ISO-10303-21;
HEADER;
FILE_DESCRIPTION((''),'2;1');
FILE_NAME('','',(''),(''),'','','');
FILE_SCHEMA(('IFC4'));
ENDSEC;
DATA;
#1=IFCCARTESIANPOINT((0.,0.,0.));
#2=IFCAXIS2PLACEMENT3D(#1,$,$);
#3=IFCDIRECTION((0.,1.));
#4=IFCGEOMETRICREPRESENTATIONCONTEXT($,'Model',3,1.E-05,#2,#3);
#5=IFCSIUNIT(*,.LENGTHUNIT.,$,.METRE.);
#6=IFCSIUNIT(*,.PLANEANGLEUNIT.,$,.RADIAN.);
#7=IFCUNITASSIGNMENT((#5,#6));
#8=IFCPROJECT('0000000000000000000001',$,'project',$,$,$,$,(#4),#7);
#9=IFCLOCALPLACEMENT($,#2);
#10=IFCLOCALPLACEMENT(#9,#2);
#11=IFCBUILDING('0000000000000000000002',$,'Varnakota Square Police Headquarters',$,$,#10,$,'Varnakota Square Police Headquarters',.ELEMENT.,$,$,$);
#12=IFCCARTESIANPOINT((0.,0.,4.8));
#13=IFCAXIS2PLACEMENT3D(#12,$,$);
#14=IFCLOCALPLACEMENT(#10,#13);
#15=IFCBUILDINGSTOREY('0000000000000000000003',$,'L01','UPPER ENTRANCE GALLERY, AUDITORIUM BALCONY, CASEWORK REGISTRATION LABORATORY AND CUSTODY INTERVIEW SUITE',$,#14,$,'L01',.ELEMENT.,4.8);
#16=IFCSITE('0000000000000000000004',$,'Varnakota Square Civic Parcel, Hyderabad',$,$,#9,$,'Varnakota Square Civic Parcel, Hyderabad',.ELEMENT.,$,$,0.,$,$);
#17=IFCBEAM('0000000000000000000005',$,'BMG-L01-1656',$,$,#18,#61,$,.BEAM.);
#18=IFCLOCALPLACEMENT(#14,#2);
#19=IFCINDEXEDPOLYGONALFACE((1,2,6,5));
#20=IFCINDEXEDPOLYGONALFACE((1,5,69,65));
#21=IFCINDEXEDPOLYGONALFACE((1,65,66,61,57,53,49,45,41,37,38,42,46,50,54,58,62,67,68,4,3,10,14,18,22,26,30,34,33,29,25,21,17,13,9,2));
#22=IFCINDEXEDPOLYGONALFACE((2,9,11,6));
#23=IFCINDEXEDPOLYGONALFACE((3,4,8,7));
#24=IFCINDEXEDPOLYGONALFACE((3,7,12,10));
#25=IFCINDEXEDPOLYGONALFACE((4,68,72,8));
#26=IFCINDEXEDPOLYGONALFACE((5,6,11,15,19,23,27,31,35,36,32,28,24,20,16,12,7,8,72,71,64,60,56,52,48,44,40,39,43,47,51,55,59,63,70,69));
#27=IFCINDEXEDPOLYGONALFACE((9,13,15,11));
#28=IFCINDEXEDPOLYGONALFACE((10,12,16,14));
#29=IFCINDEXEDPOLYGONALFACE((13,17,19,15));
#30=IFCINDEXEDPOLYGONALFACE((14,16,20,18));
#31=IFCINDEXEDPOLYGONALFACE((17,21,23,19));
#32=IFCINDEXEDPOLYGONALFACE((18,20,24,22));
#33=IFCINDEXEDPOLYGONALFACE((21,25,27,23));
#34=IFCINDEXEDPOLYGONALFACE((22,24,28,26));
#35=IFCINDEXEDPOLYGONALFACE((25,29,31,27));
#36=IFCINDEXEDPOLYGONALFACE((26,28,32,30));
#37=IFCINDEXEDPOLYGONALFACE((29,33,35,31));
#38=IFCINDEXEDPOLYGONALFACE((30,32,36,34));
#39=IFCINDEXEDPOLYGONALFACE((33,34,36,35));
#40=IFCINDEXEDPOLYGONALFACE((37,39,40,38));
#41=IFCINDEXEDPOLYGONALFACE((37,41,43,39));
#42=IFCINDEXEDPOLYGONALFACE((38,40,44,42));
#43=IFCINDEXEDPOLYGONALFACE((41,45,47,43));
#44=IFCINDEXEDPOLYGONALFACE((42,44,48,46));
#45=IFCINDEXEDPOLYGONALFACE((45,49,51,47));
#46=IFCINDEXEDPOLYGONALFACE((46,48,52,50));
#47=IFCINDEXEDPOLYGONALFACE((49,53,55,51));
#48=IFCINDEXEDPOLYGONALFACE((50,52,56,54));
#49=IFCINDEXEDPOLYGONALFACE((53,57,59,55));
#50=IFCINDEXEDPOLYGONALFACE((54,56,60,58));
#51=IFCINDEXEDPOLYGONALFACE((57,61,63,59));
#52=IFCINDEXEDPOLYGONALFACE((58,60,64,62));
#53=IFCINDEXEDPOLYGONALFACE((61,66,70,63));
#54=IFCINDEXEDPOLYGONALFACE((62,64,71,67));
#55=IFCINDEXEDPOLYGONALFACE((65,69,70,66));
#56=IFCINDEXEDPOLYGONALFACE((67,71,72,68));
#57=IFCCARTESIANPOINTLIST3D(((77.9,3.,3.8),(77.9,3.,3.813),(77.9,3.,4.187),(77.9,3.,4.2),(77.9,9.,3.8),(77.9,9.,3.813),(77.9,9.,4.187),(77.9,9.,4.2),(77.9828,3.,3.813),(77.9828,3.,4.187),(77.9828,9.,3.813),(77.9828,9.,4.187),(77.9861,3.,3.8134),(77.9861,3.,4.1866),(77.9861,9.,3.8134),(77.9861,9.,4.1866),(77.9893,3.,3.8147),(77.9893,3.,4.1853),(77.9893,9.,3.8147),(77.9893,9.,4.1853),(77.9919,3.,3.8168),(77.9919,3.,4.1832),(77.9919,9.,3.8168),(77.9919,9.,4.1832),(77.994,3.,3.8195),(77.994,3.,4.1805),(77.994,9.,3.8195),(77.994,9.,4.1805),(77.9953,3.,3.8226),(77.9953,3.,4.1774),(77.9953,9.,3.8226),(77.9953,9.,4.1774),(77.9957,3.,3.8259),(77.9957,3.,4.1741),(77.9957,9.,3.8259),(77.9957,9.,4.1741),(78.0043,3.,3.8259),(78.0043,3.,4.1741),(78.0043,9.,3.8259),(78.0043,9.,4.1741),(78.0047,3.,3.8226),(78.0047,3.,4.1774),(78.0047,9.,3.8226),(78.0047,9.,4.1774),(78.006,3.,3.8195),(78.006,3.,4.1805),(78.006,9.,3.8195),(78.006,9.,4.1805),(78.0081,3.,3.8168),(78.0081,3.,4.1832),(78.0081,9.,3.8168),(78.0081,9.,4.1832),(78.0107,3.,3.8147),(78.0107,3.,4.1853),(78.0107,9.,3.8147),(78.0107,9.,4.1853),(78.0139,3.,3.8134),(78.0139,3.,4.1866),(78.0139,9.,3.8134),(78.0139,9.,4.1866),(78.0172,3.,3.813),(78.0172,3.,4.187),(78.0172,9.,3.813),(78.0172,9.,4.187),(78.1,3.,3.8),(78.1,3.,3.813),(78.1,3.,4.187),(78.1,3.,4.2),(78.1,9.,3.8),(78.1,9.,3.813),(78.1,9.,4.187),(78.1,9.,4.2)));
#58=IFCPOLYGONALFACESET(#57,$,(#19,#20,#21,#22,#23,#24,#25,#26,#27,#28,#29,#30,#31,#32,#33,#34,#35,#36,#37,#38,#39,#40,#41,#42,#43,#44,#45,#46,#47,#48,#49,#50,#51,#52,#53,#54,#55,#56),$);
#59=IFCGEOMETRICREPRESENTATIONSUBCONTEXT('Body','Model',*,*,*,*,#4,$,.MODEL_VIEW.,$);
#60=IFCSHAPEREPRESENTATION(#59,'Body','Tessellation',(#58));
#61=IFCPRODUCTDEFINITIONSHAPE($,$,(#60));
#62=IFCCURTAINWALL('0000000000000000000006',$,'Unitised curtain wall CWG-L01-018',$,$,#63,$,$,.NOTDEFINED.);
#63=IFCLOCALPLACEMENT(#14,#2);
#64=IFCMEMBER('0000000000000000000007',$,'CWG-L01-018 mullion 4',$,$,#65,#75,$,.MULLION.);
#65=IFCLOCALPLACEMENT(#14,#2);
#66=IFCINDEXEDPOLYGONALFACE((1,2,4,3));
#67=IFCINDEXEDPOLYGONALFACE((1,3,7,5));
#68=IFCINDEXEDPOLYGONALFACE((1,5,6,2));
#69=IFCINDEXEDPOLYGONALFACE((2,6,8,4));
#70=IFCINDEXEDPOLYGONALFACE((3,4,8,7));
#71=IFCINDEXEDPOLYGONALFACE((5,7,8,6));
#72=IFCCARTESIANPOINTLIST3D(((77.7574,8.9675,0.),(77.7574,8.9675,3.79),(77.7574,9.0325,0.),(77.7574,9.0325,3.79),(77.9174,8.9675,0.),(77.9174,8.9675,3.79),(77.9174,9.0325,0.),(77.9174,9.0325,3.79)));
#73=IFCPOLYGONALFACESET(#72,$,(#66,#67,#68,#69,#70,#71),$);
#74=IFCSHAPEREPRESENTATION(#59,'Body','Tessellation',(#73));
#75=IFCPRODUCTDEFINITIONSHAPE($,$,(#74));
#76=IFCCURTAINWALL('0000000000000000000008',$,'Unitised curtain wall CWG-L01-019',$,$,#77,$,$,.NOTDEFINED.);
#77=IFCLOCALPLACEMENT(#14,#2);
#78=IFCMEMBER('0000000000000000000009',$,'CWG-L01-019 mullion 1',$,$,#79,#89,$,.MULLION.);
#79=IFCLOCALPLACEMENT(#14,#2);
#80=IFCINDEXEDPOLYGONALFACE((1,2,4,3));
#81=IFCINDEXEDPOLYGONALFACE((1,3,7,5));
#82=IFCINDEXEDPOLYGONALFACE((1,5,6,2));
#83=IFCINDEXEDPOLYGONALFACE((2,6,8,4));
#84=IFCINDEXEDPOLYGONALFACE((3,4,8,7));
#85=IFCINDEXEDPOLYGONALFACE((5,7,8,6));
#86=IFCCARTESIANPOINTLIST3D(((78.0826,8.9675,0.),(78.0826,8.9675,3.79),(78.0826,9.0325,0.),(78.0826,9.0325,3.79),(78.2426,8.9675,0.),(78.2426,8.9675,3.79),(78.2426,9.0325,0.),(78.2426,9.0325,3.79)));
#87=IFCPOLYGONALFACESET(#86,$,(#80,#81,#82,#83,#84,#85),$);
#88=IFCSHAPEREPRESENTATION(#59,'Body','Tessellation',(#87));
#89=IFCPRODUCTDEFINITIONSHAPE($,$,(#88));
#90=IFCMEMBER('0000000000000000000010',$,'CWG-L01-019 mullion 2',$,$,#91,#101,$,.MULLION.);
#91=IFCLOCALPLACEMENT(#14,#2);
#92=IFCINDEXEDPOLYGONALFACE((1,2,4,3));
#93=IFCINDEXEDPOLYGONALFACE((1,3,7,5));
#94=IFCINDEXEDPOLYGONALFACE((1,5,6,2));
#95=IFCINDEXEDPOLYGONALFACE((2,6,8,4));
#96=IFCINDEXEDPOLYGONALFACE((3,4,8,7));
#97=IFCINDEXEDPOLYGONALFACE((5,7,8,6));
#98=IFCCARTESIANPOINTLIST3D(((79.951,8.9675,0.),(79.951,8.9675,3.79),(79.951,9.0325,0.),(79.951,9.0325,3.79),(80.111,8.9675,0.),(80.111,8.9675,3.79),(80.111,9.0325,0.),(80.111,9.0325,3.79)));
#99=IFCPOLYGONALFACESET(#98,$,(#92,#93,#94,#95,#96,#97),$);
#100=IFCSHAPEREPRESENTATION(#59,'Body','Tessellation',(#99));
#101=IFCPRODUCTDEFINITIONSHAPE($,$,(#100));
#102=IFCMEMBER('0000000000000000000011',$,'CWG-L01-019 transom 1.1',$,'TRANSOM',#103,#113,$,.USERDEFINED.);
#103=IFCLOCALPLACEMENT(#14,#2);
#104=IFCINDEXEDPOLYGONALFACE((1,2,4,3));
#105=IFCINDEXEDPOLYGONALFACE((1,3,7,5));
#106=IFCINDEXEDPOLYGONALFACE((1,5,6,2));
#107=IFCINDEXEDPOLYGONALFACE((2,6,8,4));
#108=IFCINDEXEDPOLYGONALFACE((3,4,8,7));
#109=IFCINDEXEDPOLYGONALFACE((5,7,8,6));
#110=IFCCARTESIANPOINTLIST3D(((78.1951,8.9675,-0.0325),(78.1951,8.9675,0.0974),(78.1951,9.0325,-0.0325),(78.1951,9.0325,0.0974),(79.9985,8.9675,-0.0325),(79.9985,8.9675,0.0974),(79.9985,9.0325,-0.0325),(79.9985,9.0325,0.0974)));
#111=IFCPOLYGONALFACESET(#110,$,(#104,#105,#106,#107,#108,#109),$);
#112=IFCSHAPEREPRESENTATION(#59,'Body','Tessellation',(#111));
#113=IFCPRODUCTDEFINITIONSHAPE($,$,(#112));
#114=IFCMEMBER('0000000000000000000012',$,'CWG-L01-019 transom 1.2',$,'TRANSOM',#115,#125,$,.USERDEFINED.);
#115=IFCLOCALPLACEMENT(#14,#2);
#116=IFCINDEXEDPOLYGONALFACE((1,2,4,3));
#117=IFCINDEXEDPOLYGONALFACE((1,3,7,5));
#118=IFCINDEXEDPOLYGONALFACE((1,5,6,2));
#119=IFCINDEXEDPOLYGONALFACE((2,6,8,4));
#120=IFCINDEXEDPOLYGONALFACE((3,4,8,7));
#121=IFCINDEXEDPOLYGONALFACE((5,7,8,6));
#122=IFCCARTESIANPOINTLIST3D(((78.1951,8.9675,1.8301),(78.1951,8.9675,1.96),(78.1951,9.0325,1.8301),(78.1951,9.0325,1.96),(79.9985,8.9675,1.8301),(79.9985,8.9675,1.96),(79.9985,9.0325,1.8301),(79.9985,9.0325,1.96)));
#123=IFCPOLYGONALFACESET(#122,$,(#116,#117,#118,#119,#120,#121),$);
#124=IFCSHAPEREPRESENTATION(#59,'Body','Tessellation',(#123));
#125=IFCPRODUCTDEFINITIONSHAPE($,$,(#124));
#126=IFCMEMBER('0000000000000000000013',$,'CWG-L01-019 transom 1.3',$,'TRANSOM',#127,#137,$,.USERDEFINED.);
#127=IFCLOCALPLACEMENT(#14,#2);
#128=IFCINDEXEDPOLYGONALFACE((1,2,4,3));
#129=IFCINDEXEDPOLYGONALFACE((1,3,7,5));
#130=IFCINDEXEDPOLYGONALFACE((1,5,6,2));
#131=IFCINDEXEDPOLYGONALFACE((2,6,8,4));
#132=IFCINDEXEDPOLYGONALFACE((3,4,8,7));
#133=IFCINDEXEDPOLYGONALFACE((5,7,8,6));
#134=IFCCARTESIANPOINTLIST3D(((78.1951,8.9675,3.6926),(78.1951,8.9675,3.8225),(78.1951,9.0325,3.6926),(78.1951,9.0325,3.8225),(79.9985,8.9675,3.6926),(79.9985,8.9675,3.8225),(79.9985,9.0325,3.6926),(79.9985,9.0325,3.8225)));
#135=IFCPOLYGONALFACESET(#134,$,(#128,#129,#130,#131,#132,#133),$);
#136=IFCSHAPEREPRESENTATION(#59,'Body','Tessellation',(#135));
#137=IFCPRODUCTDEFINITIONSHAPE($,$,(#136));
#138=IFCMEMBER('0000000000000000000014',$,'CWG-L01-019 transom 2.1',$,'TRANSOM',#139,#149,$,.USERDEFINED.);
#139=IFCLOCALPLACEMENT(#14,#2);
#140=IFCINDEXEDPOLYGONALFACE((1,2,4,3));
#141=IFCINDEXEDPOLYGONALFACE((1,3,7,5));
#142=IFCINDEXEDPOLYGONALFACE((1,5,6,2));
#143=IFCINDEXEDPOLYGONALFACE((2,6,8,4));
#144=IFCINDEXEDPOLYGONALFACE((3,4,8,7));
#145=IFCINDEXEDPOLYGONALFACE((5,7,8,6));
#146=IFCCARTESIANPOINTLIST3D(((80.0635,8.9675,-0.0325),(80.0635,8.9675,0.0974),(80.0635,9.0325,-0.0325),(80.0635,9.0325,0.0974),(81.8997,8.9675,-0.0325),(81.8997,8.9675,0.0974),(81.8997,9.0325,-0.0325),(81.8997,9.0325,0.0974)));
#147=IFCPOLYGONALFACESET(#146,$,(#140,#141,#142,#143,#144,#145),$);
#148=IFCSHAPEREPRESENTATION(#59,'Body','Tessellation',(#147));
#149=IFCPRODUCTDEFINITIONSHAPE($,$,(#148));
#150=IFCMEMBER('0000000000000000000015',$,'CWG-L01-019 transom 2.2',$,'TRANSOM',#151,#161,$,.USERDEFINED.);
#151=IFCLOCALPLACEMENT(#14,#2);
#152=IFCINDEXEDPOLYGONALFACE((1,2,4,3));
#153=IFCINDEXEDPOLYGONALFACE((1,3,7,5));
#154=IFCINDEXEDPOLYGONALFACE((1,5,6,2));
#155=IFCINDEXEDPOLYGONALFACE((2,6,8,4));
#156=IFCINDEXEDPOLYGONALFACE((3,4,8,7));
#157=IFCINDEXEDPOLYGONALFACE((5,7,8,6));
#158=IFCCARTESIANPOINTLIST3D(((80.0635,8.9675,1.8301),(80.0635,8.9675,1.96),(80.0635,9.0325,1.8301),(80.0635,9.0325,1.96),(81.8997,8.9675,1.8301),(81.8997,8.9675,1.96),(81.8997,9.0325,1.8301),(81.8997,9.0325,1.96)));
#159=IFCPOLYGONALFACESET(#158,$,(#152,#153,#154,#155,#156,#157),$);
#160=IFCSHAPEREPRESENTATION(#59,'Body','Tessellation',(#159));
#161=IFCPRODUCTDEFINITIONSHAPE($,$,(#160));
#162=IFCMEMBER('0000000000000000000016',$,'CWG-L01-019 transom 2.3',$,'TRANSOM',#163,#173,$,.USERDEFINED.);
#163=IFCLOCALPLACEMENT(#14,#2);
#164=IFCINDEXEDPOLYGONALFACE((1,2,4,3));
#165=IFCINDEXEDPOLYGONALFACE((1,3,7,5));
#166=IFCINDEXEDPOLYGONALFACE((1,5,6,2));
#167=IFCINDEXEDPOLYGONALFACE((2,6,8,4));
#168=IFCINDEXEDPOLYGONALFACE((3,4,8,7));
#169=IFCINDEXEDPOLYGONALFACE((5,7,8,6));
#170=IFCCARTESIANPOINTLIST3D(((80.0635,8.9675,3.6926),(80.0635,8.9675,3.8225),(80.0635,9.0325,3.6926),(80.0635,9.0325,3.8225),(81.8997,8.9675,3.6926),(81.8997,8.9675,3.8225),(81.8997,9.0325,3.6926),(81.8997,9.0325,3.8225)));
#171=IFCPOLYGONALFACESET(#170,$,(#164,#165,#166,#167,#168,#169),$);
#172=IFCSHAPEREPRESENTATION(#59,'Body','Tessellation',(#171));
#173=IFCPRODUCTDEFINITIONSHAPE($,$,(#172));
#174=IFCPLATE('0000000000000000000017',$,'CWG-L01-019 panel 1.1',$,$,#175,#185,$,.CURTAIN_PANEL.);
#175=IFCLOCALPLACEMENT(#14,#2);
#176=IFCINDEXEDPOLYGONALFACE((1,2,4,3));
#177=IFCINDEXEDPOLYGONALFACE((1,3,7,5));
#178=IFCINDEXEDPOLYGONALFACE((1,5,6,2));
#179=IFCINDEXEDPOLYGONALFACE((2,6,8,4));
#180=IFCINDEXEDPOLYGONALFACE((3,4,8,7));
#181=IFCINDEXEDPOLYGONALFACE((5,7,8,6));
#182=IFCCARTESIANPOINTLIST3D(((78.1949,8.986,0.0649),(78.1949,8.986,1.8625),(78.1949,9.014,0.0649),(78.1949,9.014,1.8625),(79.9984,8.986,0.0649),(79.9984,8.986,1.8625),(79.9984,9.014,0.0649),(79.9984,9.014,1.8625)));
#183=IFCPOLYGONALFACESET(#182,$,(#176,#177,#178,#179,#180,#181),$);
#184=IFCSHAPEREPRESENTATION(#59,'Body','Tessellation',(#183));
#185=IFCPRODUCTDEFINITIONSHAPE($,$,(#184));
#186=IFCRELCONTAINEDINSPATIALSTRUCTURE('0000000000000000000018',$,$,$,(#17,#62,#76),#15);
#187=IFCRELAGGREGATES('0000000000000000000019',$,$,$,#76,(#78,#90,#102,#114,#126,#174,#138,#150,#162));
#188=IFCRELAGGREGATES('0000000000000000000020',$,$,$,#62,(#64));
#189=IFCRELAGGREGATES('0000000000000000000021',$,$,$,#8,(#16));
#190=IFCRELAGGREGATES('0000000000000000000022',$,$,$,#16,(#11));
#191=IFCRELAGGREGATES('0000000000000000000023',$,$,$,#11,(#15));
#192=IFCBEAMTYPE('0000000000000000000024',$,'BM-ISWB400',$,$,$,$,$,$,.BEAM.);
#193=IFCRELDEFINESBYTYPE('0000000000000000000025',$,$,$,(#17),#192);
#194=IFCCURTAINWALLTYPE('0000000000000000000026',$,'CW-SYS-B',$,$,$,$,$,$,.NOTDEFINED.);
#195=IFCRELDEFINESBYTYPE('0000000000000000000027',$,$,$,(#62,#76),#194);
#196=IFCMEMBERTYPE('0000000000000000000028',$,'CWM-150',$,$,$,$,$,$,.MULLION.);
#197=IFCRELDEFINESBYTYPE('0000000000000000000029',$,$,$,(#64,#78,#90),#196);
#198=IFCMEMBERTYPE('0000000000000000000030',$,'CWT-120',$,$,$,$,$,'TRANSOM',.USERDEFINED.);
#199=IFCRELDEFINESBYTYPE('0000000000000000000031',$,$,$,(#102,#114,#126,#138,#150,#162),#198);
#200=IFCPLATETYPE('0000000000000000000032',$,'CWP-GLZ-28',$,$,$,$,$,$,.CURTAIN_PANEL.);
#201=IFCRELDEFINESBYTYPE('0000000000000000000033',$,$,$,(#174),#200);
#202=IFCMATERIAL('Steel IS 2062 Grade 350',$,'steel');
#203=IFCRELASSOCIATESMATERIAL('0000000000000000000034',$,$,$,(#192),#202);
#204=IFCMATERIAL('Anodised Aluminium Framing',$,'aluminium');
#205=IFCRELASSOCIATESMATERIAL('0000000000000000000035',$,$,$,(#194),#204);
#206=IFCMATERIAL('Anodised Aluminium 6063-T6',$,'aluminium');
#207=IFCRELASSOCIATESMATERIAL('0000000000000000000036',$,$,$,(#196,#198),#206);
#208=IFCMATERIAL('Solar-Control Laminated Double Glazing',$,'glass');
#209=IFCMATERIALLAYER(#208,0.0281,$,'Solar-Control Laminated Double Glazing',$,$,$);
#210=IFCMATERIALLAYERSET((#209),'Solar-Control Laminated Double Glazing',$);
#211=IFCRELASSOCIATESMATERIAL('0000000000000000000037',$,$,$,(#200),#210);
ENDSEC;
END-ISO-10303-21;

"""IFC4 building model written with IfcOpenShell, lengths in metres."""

from ifc_helpers import new_model, si_unit, direction, frame, origin, origin_2d, place, context, subcontext, project, spatial, rectangle, i_section, extrude, material, layer, layer_set, material_profile, profile_set, type_object, element, aggregate, save


model = new_model("IFC4")

# Units and contexts
model_context = context("Model", 3, precision=1e-05, world=origin(), true_north=direction((0.0, 1.0)))
body_context = subcontext(model_context, "Body", "Model", "MODEL_VIEW")
ifc_project = project(units=[si_unit("LENGTHUNIT", "METRE"), si_unit("PLANEANGLEUNIT", "RADIAN")], contexts=[model_context])

# Site, building, storey
site_placement = place(None, origin())
site = spatial("IfcSite", under=ifc_project, at=site_placement, Name="Varnakota Square Civic Parcel, Hyderabad", LongName="Varnakota Square Civic Parcel, Hyderabad", CompositionType="ELEMENT", RefElevation=0.0)
building_placement = place(site_placement, origin())
building = spatial("IfcBuilding", under=site, at=building_placement, Name="Varnakota Square Police Headquarters", LongName="Varnakota Square Police Headquarters", CompositionType="ELEMENT")
storey_placement = place(building_placement, frame((0.0, 0.0, 4.8)))
storey = spatial("IfcBuildingStorey", under=building, at=storey_placement, Name="L01", Description="UPPER ENTRANCE GALLERY, AUDITORIUM BALCONY, CASEWORK REGISTRATION LABORATORY AND CUSTODY INTERVIEW SUITE", LongName="L01", CompositionType="ELEMENT", Elevation=4.8)

# Shared definitions
ifc_material_1 = material(Name="Steel IS 2062 Grade 350", Category="steel")

# Beam
ifc_material_profile_1 = material_profile(ifc_material_1, i_section(OverallWidth=0.2, OverallDepth=0.3999, WebThickness=0.0085, FlangeThickness=0.0129, FilletRadius=0.0129, at=origin_2d()), Name="ISWB 400")
ifc_profile_set_1 = profile_set([ifc_material_profile_1], Name="Steel IS 2062 Grade 350")
beam_type_1 = type_object("IfcBeamType", Name="BM-ISWB400", PredefinedType="BEAM", material=ifc_profile_set_1)
beam_1_placement = place(storey_placement, frame((78.0, 3.0, 4.0), z_axis=(0.0, 1.0, 0.0), x_axis=(-1.0, 0.0, 0.0)))
element("IfcBeam", 1, at=beam_1_placement, inside=storey, type_object=beam_type_1, Name="BMG-L01-1656", PredefinedType="BEAM", context=body_context, shape_type="SweptSolid", body=[
    extrude(i_section(OverallWidth=0.2, OverallDepth=0.3999, WebThickness=0.0085, FlangeThickness=0.0129, FilletRadius=0.0129, at=origin_2d()), origin(), (0.0, 0.0, 1.0), 6.0),
])

# Curtain wall, member
ifc_material_2 = material(Name="Anodised Aluminium Framing", Category="aluminium")
curtain_wall_type = type_object("IfcCurtainWallType", Name="CW-SYS-B", PredefinedType="NOTDEFINED", material=ifc_material_2)
curtain_wall_1_placement = place(storey_placement, origin())
curtain_wall_1 = element("IfcCurtainWall", 2, at=curtain_wall_1_placement, inside=storey, type_object=curtain_wall_type, Name="Unitised curtain wall CWG-L01-018", PredefinedType="NOTDEFINED")
ifc_material_3 = material(Name="Anodised Aluminium 6063-T6", Category="aluminium")
ifc_material_profile_2 = material_profile(ifc_material_3, rectangle(XDim=0.0649, YDim=0.1599, at=origin_2d()), Name="ALU MULLION 65x160")
ifc_profile_set_2 = profile_set([ifc_material_profile_2], Name="Anodised Aluminium 6063-T6")
member_type_1 = type_object("IfcMemberType", Name="CWM-150", PredefinedType="MULLION", material=ifc_profile_set_2)
member_1_placement = place(storey_placement, frame((77.8374, 9.0, 0.0), z_axis=(0.0, 0.0, 1.0), x_axis=(0.0, 1.0, 0.0)))
member_1 = element("IfcMember", 3, at=member_1_placement, type_object=member_type_1, Name="CWG-L01-018 mullion 4", PredefinedType="MULLION", context=body_context, shape_type="SweptSolid", body=[
    extrude(rectangle(XDim=0.0649, YDim=0.1599, at=origin_2d()), origin(), (0.0, 0.0, 1.0), 3.79),
])

# Curtain wall, members, plate
curtain_wall_2_placement = place(storey_placement, origin())
curtain_wall_2 = element("IfcCurtainWall", 4, at=curtain_wall_2_placement, inside=storey, type_object=curtain_wall_type, Name="Unitised curtain wall CWG-L01-019", PredefinedType="NOTDEFINED")
member_2_placement = place(storey_placement, frame((78.1626, 9.0, 0.0), z_axis=(0.0, 0.0, 1.0), x_axis=(0.0, 1.0, 0.0)))
member_2 = element("IfcMember", 5, at=member_2_placement, type_object=member_type_1, Name="CWG-L01-019 mullion 1", PredefinedType="MULLION", context=body_context, shape_type="SweptSolid", body=[
    extrude(rectangle(XDim=0.0649, YDim=0.1599, at=origin_2d()), origin(), (0.0, 0.0, 1.0), 3.79),
])
member_3_placement = place(storey_placement, frame((80.031, 9.0, 0.0), z_axis=(0.0, 0.0, 1.0), x_axis=(0.0, 1.0, 0.0)))
member_3 = element("IfcMember", 6, at=member_3_placement, type_object=member_type_1, Name="CWG-L01-019 mullion 2", PredefinedType="MULLION", context=body_context, shape_type="SweptSolid", body=[
    extrude(rectangle(XDim=0.0649, YDim=0.1599, at=origin_2d()), origin(), (0.0, 0.0, 1.0), 3.79),
])
ifc_material_profile_3 = material_profile(ifc_material_3, rectangle(XDim=0.0649, YDim=0.1299, at=origin_2d()), Name="ALU TRANSOM 65x130")
ifc_profile_set_3 = profile_set([ifc_material_profile_3], Name="Anodised Aluminium 6063-T6")
member_type_2 = type_object("IfcMemberType", Name="CWT-120", ElementType="TRANSOM", PredefinedType="USERDEFINED", material=ifc_profile_set_3)
member_4_placement = place(storey_placement, frame((78.1951, 9.0, 0.0325), z_axis=(1.0, 0.0, 0.0), x_axis=(0.0, 1.0, 0.0)))
member_4 = element("IfcMember", 7, at=member_4_placement, type_object=member_type_2, Name="CWG-L01-019 transom 1.1", ObjectType="TRANSOM", PredefinedType="USERDEFINED", context=body_context, shape_type="SweptSolid", body=[
    extrude(rectangle(XDim=0.0649, YDim=0.1299, at=origin_2d()), origin(), (0.0, 0.0, 1.0), 1.8035),
])
member_5_placement = place(storey_placement, frame((78.1951, 9.0, 1.895), z_axis=(1.0, 0.0, 0.0), x_axis=(0.0, 1.0, 0.0)))
member_5 = element("IfcMember", 8, at=member_5_placement, type_object=member_type_2, Name="CWG-L01-019 transom 1.2", ObjectType="TRANSOM", PredefinedType="USERDEFINED", context=body_context, shape_type="SweptSolid", body=[
    extrude(rectangle(XDim=0.0649, YDim=0.1299, at=origin_2d()), origin(), (0.0, 0.0, 1.0), 1.8035),
])
member_6_placement = place(storey_placement, frame((78.1951, 9.0, 3.7576), z_axis=(1.0, 0.0, 0.0), x_axis=(0.0, 1.0, 0.0)))
member_6 = element("IfcMember", 9, at=member_6_placement, type_object=member_type_2, Name="CWG-L01-019 transom 1.3", ObjectType="TRANSOM", PredefinedType="USERDEFINED", context=body_context, shape_type="SweptSolid", body=[
    extrude(rectangle(XDim=0.0649, YDim=0.1299, at=origin_2d()), origin(), (0.0, 0.0, 1.0), 1.8035),
])
member_7_placement = place(storey_placement, frame((80.0635, 9.0, 0.0325), z_axis=(1.0, 0.0, 0.0), x_axis=(0.0, 1.0, 0.0)))
member_7 = element("IfcMember", 10, at=member_7_placement, type_object=member_type_2, Name="CWG-L01-019 transom 2.1", ObjectType="TRANSOM", PredefinedType="USERDEFINED", context=body_context, shape_type="SweptSolid", body=[
    extrude(rectangle(XDim=0.0649, YDim=0.1299, at=origin_2d()), origin(), (0.0, 0.0, 1.0), 1.8362),
])
member_8_placement = place(storey_placement, frame((80.0635, 9.0, 1.895), z_axis=(1.0, 0.0, 0.0), x_axis=(0.0, 1.0, 0.0)))
member_8 = element("IfcMember", 11, at=member_8_placement, type_object=member_type_2, Name="CWG-L01-019 transom 2.2", ObjectType="TRANSOM", PredefinedType="USERDEFINED", context=body_context, shape_type="SweptSolid", body=[
    extrude(rectangle(XDim=0.0649, YDim=0.1299, at=origin_2d()), origin(), (0.0, 0.0, 1.0), 1.8362),
])
member_9_placement = place(storey_placement, frame((80.0635, 9.0, 3.7576), z_axis=(1.0, 0.0, 0.0), x_axis=(0.0, 1.0, 0.0)))
member_9 = element("IfcMember", 12, at=member_9_placement, type_object=member_type_2, Name="CWG-L01-019 transom 2.3", ObjectType="TRANSOM", PredefinedType="USERDEFINED", context=body_context, shape_type="SweptSolid", body=[
    extrude(rectangle(XDim=0.0649, YDim=0.1299, at=origin_2d()), origin(), (0.0, 0.0, 1.0), 1.8362),
])
ifc_material_4 = material(Name="Solar-Control Laminated Double Glazing", Category="glass")
ifc_layer_1 = layer(ifc_material_4, 0.0281, Name="Solar-Control Laminated Double Glazing")
ifc_layer_set_1 = layer_set([ifc_layer_1], Name="Solar-Control Laminated Double Glazing")
plate_type_1 = type_object("IfcPlateType", Name="CWP-GLZ-28", PredefinedType="CURTAIN_PANEL", material=ifc_layer_set_1)
plate_1_placement = place(storey_placement, frame((79.0967, 9.0, 0.0649), z_axis=(0.0, 0.0, 1.0), x_axis=(1.0, 0.0, 0.0)))
plate_1 = element("IfcPlate", 13, at=plate_1_placement, type_object=plate_type_1, Name="CWG-L01-019 panel 1.1", PredefinedType="CURTAIN_PANEL", context=body_context, shape_type="SweptSolid", body=[
    extrude(rectangle(XDim=1.8035, YDim=0.0281, at=origin_2d()), origin(), (0.0, 0.0, 1.0), 1.7976),
])

aggregate(curtain_wall_2, [member_2, member_3, member_4, member_5, member_6, plate_1, member_7, member_8, member_9])
aggregate(curtain_wall_1, [member_1])

save(model, "model.ifc")
